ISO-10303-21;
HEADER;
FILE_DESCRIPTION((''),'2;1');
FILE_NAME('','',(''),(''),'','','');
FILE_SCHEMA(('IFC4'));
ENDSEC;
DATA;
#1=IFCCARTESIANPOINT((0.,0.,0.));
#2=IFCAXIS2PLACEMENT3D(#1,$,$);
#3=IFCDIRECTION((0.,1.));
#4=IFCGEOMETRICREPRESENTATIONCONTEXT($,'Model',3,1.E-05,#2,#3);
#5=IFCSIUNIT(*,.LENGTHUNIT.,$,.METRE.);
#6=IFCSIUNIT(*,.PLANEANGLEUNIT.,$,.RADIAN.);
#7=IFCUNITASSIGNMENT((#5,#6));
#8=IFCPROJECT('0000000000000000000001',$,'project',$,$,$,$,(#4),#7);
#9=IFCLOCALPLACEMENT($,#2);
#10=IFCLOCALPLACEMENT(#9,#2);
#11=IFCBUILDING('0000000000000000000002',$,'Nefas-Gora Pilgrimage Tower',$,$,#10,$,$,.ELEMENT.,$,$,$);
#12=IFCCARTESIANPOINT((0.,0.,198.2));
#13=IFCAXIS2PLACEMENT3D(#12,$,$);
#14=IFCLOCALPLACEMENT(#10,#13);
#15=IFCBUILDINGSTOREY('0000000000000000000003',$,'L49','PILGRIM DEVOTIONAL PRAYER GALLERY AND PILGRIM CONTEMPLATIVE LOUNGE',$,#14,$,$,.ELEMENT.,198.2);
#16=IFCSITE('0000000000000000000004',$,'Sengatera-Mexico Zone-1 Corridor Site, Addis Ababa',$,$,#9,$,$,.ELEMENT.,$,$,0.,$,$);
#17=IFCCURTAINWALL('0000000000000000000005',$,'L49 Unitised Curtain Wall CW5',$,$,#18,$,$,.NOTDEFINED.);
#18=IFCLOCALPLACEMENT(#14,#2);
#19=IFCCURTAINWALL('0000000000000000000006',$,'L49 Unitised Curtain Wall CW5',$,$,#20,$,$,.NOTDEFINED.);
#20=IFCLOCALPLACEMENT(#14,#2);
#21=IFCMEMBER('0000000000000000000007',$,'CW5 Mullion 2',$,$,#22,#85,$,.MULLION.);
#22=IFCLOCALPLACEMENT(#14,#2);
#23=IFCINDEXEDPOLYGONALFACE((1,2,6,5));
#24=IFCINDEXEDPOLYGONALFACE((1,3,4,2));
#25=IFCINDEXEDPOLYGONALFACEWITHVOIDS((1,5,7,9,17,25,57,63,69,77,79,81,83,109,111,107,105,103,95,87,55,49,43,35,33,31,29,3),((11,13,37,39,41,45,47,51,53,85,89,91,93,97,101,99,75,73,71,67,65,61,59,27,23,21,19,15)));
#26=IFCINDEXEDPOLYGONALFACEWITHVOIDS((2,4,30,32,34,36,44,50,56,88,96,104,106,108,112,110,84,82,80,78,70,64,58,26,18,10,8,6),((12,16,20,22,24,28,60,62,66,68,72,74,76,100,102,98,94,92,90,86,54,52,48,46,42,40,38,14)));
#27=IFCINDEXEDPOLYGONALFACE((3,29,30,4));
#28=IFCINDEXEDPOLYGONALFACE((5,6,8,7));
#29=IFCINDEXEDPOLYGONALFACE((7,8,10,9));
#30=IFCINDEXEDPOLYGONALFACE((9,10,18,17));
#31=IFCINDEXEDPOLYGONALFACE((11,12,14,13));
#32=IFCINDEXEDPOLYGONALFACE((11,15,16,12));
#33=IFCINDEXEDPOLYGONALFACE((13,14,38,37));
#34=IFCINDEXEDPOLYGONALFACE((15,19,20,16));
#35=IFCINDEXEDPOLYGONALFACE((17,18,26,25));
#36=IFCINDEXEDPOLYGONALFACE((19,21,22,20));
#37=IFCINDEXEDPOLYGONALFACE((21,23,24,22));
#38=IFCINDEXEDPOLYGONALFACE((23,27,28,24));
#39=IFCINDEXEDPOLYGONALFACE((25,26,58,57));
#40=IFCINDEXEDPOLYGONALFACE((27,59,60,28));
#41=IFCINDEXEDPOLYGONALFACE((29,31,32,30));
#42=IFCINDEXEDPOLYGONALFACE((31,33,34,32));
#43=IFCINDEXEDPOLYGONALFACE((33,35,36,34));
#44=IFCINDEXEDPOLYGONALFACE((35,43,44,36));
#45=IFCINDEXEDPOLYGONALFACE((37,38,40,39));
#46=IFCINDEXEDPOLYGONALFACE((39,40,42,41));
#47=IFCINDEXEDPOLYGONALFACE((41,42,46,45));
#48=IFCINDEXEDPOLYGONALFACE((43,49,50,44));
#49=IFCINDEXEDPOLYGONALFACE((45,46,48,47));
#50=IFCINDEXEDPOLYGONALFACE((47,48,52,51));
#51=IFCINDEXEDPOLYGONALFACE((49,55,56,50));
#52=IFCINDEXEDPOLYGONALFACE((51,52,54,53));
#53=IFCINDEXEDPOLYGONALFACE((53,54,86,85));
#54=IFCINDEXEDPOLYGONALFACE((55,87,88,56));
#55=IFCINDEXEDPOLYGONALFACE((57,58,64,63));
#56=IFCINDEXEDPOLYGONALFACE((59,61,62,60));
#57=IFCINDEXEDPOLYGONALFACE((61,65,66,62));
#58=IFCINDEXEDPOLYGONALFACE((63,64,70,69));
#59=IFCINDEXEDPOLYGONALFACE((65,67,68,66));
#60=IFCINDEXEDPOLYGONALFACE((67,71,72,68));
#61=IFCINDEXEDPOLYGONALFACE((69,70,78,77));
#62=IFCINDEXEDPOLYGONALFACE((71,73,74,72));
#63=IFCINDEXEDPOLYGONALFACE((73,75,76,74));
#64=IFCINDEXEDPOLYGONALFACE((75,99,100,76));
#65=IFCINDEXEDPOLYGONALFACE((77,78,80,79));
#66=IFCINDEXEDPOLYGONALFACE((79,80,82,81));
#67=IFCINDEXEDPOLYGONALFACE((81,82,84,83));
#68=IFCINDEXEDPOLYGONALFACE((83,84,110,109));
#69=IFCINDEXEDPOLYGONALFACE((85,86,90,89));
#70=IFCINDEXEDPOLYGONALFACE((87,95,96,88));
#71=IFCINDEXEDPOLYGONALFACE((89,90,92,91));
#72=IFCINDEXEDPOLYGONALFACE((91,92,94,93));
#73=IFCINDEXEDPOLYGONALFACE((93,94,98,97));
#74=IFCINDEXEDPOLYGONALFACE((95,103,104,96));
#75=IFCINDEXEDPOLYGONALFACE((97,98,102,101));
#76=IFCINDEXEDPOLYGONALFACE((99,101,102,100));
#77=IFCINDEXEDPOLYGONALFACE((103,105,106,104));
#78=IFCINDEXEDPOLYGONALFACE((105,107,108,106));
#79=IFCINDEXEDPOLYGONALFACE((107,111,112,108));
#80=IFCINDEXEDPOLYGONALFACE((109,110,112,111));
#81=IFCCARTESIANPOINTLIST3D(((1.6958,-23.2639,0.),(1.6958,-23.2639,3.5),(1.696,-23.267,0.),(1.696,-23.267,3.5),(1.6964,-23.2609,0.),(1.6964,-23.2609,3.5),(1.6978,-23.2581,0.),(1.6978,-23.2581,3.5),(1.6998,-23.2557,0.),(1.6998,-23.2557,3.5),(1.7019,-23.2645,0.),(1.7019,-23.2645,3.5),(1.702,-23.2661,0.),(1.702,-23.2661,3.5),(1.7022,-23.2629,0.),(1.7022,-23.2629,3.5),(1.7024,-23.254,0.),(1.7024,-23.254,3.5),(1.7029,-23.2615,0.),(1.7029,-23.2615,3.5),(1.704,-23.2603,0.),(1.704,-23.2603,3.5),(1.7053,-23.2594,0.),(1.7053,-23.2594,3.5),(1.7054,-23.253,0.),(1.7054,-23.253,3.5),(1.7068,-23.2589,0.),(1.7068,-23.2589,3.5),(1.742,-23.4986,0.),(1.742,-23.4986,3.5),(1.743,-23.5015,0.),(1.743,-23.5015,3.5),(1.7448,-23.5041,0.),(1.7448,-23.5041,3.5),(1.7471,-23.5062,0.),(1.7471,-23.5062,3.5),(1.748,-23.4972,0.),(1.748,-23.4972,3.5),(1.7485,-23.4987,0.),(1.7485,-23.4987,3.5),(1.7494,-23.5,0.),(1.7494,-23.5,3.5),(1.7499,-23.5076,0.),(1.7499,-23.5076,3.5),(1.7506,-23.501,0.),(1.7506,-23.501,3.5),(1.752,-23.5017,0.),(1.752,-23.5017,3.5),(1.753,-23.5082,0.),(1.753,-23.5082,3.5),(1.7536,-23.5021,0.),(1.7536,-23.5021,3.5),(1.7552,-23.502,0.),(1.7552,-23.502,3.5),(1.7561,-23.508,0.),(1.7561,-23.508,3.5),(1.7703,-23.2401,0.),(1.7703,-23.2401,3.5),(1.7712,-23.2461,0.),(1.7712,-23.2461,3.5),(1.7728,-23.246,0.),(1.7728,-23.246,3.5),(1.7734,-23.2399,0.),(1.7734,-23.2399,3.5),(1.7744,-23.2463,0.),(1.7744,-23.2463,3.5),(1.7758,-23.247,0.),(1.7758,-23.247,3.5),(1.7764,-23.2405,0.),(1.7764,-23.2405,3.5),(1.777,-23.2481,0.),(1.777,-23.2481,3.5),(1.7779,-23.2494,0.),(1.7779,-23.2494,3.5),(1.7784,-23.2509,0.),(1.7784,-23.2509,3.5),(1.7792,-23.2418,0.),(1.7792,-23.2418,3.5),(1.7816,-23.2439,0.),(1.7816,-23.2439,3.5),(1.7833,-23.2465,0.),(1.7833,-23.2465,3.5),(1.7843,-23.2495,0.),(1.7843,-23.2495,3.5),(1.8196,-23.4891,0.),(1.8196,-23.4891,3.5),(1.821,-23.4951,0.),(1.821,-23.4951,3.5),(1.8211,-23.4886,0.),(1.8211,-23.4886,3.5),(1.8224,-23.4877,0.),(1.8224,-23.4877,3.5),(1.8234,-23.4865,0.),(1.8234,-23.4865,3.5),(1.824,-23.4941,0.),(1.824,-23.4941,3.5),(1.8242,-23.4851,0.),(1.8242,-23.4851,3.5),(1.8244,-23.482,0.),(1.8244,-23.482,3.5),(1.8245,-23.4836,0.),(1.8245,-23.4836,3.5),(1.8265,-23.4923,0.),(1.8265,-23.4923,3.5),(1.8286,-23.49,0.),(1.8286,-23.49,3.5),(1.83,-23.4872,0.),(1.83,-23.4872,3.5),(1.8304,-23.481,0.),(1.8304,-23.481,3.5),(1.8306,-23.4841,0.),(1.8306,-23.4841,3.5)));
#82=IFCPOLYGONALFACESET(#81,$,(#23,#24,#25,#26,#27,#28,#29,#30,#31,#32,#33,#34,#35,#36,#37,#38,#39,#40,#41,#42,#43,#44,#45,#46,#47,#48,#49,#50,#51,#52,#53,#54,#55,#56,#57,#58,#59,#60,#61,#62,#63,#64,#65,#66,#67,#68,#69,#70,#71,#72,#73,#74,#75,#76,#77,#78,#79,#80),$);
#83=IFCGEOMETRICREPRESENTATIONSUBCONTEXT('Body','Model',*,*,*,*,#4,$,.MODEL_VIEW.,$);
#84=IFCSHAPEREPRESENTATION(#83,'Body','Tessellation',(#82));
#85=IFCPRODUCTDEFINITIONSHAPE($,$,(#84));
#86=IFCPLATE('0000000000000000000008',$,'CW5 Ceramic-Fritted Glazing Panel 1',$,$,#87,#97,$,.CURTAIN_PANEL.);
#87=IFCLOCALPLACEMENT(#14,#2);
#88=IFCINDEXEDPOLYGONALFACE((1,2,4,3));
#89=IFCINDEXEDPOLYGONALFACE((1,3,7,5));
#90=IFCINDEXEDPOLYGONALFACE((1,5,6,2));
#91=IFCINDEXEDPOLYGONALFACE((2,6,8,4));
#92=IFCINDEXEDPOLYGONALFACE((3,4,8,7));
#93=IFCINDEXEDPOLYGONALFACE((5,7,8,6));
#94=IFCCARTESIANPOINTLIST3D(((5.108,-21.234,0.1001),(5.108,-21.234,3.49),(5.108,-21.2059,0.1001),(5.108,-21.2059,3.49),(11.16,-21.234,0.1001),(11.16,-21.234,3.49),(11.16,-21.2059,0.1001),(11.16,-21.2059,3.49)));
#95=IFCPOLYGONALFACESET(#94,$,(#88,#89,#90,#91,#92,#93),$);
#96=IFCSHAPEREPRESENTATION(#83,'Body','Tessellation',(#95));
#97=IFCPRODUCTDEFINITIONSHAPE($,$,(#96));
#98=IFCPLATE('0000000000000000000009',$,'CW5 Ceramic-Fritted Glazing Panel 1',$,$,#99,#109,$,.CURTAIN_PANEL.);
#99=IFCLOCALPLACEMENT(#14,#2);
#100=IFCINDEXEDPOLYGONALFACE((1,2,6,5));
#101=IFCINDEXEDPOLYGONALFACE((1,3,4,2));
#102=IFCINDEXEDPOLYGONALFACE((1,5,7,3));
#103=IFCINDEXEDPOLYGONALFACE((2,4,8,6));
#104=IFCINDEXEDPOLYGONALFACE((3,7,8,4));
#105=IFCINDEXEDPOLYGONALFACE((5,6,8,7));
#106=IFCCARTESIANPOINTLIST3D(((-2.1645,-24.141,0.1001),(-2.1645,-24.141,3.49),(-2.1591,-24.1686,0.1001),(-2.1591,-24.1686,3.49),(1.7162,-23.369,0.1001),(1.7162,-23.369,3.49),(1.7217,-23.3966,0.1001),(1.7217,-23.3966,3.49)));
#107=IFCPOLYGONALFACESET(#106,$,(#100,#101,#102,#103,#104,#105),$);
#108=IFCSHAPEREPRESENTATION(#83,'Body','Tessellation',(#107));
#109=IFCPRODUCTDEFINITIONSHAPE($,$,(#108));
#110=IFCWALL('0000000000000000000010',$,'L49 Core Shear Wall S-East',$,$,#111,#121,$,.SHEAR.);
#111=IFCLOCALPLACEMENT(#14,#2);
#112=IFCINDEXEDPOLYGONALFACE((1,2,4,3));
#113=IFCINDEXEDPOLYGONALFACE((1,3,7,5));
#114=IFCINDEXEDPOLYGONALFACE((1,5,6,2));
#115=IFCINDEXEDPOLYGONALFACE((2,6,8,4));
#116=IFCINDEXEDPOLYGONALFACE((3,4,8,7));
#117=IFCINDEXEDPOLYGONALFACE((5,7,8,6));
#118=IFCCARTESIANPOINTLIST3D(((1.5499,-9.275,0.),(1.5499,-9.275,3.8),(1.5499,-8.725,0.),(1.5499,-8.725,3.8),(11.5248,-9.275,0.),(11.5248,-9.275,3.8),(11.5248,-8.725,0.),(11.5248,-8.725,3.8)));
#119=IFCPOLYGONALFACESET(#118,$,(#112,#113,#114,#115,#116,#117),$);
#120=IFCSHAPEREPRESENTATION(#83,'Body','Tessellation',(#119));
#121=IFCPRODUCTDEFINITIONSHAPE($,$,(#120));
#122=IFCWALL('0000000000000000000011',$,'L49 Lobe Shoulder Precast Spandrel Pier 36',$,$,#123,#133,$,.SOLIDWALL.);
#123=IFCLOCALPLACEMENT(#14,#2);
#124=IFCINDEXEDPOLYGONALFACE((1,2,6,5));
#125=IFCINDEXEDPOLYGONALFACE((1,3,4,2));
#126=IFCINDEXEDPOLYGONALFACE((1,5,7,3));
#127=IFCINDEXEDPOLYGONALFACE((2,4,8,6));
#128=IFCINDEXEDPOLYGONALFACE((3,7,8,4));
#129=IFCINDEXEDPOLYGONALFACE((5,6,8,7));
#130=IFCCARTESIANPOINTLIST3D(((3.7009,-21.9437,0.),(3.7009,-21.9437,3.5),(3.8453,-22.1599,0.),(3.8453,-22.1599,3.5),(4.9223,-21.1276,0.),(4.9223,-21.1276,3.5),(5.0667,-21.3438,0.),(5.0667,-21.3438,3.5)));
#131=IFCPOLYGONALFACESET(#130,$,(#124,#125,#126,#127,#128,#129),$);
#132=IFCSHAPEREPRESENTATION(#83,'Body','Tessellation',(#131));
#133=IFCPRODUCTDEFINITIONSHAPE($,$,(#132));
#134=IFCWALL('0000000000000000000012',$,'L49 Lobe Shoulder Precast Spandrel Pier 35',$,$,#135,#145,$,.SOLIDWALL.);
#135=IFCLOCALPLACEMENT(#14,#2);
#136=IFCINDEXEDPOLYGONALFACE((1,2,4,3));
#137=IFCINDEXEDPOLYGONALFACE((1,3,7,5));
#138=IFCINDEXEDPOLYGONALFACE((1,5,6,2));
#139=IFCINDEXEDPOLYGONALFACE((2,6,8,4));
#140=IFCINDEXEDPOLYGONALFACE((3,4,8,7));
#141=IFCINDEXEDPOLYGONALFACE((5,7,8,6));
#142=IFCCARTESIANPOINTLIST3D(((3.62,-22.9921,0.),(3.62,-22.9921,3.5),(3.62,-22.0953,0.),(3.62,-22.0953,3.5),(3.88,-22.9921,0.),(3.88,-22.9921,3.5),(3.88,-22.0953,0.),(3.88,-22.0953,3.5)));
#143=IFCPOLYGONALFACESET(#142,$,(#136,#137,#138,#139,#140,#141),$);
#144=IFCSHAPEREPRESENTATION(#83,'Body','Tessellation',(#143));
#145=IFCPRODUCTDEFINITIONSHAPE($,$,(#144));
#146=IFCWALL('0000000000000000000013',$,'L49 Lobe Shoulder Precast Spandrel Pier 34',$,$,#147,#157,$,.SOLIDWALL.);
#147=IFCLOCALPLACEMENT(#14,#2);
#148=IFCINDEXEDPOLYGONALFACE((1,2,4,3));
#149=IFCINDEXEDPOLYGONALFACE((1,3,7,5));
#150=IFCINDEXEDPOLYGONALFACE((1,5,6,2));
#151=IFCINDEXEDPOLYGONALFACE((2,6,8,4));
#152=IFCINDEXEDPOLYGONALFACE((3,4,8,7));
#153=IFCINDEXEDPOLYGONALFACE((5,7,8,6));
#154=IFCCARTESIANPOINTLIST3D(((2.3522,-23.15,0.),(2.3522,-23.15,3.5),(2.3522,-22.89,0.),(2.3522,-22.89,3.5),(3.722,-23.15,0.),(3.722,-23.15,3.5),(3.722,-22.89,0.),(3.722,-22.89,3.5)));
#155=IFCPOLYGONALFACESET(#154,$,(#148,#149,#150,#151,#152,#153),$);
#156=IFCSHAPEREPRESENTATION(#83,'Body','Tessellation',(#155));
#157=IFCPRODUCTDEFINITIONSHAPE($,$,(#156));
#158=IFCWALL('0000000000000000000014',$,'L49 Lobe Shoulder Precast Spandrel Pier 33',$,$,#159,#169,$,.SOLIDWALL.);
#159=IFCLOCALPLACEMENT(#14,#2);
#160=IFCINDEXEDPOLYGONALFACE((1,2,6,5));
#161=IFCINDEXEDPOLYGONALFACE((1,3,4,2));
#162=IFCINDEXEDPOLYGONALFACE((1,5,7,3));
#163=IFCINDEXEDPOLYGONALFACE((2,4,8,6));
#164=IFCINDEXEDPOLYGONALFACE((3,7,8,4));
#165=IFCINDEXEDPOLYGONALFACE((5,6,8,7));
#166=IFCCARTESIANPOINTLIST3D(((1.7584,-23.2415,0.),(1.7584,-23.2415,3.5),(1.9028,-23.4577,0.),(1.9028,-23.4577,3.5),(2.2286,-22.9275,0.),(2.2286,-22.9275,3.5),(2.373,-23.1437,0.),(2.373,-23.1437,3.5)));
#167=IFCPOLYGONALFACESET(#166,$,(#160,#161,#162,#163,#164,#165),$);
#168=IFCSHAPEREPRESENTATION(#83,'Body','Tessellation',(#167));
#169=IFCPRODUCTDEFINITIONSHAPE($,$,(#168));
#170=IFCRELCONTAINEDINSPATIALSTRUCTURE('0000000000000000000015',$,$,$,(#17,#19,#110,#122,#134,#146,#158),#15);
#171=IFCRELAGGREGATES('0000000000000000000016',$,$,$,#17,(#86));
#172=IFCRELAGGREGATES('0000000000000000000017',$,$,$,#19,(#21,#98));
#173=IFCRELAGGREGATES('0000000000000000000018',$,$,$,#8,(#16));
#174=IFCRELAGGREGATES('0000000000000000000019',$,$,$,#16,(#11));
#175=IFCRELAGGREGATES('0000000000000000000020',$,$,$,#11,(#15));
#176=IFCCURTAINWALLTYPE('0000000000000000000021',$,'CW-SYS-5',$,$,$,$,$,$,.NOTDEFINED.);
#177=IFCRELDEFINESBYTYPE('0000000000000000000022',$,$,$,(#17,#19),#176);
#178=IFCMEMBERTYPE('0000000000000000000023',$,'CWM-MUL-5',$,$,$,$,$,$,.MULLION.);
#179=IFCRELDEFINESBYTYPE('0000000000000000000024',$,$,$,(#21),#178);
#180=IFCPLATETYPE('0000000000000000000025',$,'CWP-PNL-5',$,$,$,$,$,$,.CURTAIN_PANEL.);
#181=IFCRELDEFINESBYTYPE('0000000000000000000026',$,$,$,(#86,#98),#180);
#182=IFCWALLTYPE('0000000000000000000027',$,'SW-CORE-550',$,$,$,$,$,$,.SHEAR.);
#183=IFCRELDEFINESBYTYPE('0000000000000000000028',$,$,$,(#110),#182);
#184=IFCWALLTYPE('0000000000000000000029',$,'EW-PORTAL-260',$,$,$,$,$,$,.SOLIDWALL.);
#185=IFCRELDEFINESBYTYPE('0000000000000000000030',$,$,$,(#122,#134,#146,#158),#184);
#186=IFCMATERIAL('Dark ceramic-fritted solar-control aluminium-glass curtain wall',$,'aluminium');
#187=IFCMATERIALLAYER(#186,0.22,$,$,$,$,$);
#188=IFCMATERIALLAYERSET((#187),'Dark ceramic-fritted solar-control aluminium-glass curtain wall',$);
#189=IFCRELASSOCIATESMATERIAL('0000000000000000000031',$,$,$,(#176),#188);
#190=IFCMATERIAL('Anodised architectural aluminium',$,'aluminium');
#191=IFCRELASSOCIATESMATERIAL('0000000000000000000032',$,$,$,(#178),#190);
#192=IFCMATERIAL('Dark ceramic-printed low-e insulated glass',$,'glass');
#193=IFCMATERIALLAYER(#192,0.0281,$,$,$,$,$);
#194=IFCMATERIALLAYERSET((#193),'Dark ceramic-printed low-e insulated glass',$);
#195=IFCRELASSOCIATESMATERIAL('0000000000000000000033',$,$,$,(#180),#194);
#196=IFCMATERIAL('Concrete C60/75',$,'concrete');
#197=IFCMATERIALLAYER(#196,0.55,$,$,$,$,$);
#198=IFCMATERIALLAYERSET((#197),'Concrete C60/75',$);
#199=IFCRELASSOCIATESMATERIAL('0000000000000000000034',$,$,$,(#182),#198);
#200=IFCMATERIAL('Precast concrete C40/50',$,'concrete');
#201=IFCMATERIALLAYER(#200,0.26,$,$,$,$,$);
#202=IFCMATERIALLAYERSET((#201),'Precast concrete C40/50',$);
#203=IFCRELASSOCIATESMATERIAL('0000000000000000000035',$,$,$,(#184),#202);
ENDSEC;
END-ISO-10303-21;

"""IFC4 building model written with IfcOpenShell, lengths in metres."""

from ifc_helpers import new_model, si_unit, direction, frame, frame_2d, origin, origin_2d, place, context, subcontext, project, spatial, rectangle, hollow_rectangle, extrude, source, transform, mapped, material, layer, layer_set, material_profile, profile_set, type_object, element, aggregate, save


model = new_model("IFC4")

# Units and contexts
model_context = context("Model", 3, precision=1e-05, world=origin(), true_north=direction((0.0, 1.0)))
body_context = subcontext(model_context, "Body", "Model", "MODEL_VIEW")
ifc_project = project(units=[si_unit("LENGTHUNIT", "METRE"), si_unit("PLANEANGLEUNIT", "RADIAN")], contexts=[model_context])

# Site, building, storey
site_placement = place(None, origin())
site = spatial("IfcSite", under=ifc_project, at=site_placement, Name="Sengatera-Mexico Zone-1 Corridor Site, Addis Ababa", CompositionType="ELEMENT", RefElevation=0.0)
building_placement = place(site_placement, origin())
building = spatial("IfcBuilding", under=site, at=building_placement, Name="Nefas-Gora Pilgrimage Tower", CompositionType="ELEMENT")
storey_placement = place(building_placement, frame((0.0, 0.0, 198.2)))
storey = spatial("IfcBuildingStorey", under=building, at=storey_placement, Name="L49", Description="PILGRIM DEVOTIONAL PRAYER GALLERY AND PILGRIM CONTEMPLATIVE LOUNGE", CompositionType="ELEMENT", Elevation=198.2)

# Shared definitions
ifc_material_1 = material(Name="Concrete C60/75", Category="concrete")

# Curtain walls
ifc_material_2 = material(Name="Dark ceramic-fritted solar-control aluminium-glass curtain wall", Category="aluminium")
ifc_layer_1 = layer(ifc_material_2, 0.22)
ifc_layer_set_1 = layer_set([ifc_layer_1], Name="Dark ceramic-fritted solar-control aluminium-glass curtain wall")
curtain_wall_type = type_object("IfcCurtainWallType", Name="CW-SYS-5", PredefinedType="NOTDEFINED", material=ifc_layer_set_1)
curtain_wall_1_placement = place(storey_placement, origin())
curtain_wall_1 = element("IfcCurtainWall", 1, at=curtain_wall_1_placement, inside=storey, type_object=curtain_wall_type, Name="L49 Unitised Curtain Wall CW5", PredefinedType="NOTDEFINED")
ifc_material_3 = material(Name="Anodised architectural aluminium", Category="aluminium")
curtain_wall_2_placement = place(storey_placement, origin())
curtain_wall_2 = element("IfcCurtainWall", 2, at=curtain_wall_2_placement, inside=storey, type_object=curtain_wall_type, Name="L49 Unitised Curtain Wall CW5", PredefinedType="NOTDEFINED")

# Member
ifc_material_profile_1 = material_profile(ifc_material_3, hollow_rectangle(XDim=0.0901, YDim=0.26, WallThickness=0.0061, InnerFilletRadius=0.0061, OuterFilletRadius=0.012, at=origin_2d()), Name="ALU MULLION 90x260")
ifc_profile_set_1 = profile_set([ifc_material_profile_1], Name="Anodised architectural aluminium")
member_type_1 = type_object("IfcMemberType", Name="CWM-MUL-5", PredefinedType="MULLION", material=ifc_profile_set_1)
shared_shape_1 = source(origin(), body_context, "Body", "SweptSolid", [
    extrude(hollow_rectangle(XDim=0.0901, YDim=0.26, WallThickness=0.0061, InnerFilletRadius=0.0061, OuterFilletRadius=0.012, at=origin_2d()), origin(), (0.0, 0.0, 1.0), 3.5),
])
member_1_placement = place(storey_placement, frame((1.7632, -23.374, 0.0), z_axis=(0.0, 0.0, 1.0), x_axis=(0.980783, 0.195102, 0.0)))
member_1 = element("IfcMember", 3, at=member_1_placement, type_object=member_type_1, Name="CW5 Mullion 2", PredefinedType="MULLION", context=body_context, shape_type="MappedRepresentation", body=[
    mapped(shared_shape_1, transform((0.0, 0.0, 0.0), x_axis=(1.0, 0.0, 0.0), y_axis=(0.0, 1.0, 0.0), z_axis=(0.0, 0.0, 1.0), scale=1.0)),
])

# Plates
ifc_material_4 = material(Name="Dark ceramic-printed low-e insulated glass", Category="glass")
ifc_layer_2 = layer(ifc_material_4, 0.0281)
ifc_layer_set_2 = layer_set([ifc_layer_2], Name="Dark ceramic-printed low-e insulated glass")
plate_type = type_object("IfcPlateType", Name="CWP-PNL-5", PredefinedType="CURTAIN_PANEL", material=ifc_layer_set_2)
shared_shape_2 = source(origin(), body_context, "Body", "SweptSolid", [
    extrude(rectangle(XDim=6.052, YDim=0.0281, at=origin_2d()), origin(), (0.0, 0.0, 1.0), 3.3899),
])
plate_1_placement = place(storey_placement, frame((8.134, -21.22, 0.1001), z_axis=(0.0, 0.0, 1.0), x_axis=(1.0, 0.0, 0.0)))
plate_1 = element("IfcPlate", 4, at=plate_1_placement, type_object=plate_type, Name="CW5 Ceramic-Fritted Glazing Panel 1", PredefinedType="CURTAIN_PANEL", context=body_context, shape_type="MappedRepresentation", body=[
    mapped(shared_shape_2, transform((0.0, 0.0, 0.0), x_axis=(1.0, 0.0, 0.0), y_axis=(0.0, 1.0, 0.0), z_axis=(0.0, 0.0, 1.0), scale=1.0)),
])
aggregate(curtain_wall_1, [plate_1])
shared_shape_3 = source(origin(), body_context, "Body", "SweptSolid", [
    extrude(rectangle(XDim=3.9568, YDim=0.0281, at=origin_2d()), origin(), (0.0, 0.0, 1.0), 3.3899),
])
plate_2_placement = place(storey_placement, frame((-0.2214, -23.7688, 0.1001), z_axis=(0.0, 0.0, 1.0), x_axis=(0.980783, 0.195102, 0.0)))
plate_2 = element("IfcPlate", 5, at=plate_2_placement, type_object=plate_type, Name="CW5 Ceramic-Fritted Glazing Panel 1", PredefinedType="CURTAIN_PANEL", context=body_context, shape_type="MappedRepresentation", body=[
    mapped(shared_shape_3, transform((0.0, 0.0, 0.0), x_axis=(1.0, 0.0, 0.0), y_axis=(0.0, 1.0, 0.0), z_axis=(0.0, 0.0, 1.0), scale=1.0)),
])
aggregate(curtain_wall_2, [member_1, plate_2])

# Walls
ifc_layer_3 = layer(ifc_material_1, 0.55)
ifc_layer_set_3 = layer_set([ifc_layer_3], Name="Concrete C60/75")
wall_type_1 = type_object("IfcWallType", Name="SW-CORE-550", PredefinedType="SHEAR", material=ifc_layer_set_3)
shared_shape_4 = source(origin(), body_context, "Body", "SweptSolid", [
    extrude(rectangle(XDim=9.9749, YDim=0.55, at=frame_2d((4.9873, 0.0))), origin(), (0.0, 0.0, 1.0), 3.8),
])
wall_1_placement = place(storey_placement, frame((1.55, -9.0, 0.0), z_axis=(0.0, 0.0, 1.0), x_axis=(1.0, 0.0, 0.0)))
element("IfcWall", 6, at=wall_1_placement, inside=storey, type_object=wall_type_1, Name="L49 Core Shear Wall S-East", PredefinedType="SHEAR", context=body_context, shape_type="MappedRepresentation", body=[
    mapped(shared_shape_4, transform((0.0, 0.0, 0.0), x_axis=(1.0, 0.0, 0.0), y_axis=(0.0, 1.0, 0.0), z_axis=(0.0, 0.0, 1.0), scale=1.0)),
])
ifc_material_5 = material(Name="Precast concrete C40/50", Category="concrete")
ifc_layer_4 = layer(ifc_material_5, 0.26)
ifc_layer_set_4 = layer_set([ifc_layer_4], Name="Precast concrete C40/50")
wall_type_2 = type_object("IfcWallType", Name="EW-PORTAL-260", PredefinedType="SOLIDWALL", material=ifc_layer_set_4)
shared_shape_5 = source(origin(), body_context, "Body", "SweptSolid", [
    extrude(rectangle(XDim=1.469, YDim=0.26, at=frame_2d((0.7344, 0.0))), origin(), (0.0, 0.0, 1.0), 3.5),
])
wall_2_placement = place(storey_placement, frame((3.7732, -22.0518, 0.0), z_axis=(0.0, 0.0, 1.0), x_axis=(0.831462, 0.555582, 0.0)))
element("IfcWall", 7, at=wall_2_placement, inside=storey, type_object=wall_type_2, Name="L49 Lobe Shoulder Precast Spandrel Pier 36", PredefinedType="SOLIDWALL", context=body_context, shape_type="MappedRepresentation", body=[
    mapped(shared_shape_5, transform((0.0, 0.0, 0.0), x_axis=(1.0, 0.0, 0.0), y_axis=(0.0, 1.0, 0.0), z_axis=(0.0, 0.0, 1.0), scale=1.0)),
])
shared_shape_6 = source(origin(), body_context, "Body", "SweptSolid", [
    extrude(rectangle(XDim=0.8967, YDim=0.26, at=frame_2d((0.4482, 0.0))), origin(), (0.0, 0.0, 1.0), 3.5),
])
wall_3_placement = place(storey_placement, frame((3.75, -22.9919, 0.0), z_axis=(0.0, 0.0, 1.0), x_axis=(0.0, 1.0, 0.0)))
element("IfcWall", 8, at=wall_3_placement, inside=storey, type_object=wall_type_2, Name="L49 Lobe Shoulder Precast Spandrel Pier 35", PredefinedType="SOLIDWALL", context=body_context, shape_type="MappedRepresentation", body=[
    mapped(shared_shape_6, transform((0.0, 0.0, 0.0), x_axis=(1.0, 0.0, 0.0), y_axis=(0.0, 1.0, 0.0), z_axis=(0.0, 0.0, 1.0), scale=1.0)),
])
shared_shape_7 = source(origin(), body_context, "Body", "SweptSolid", [
    extrude(rectangle(XDim=1.3699, YDim=0.26, at=frame_2d((0.6851, 0.0))), origin(), (0.0, 0.0, 1.0), 3.5),
])
wall_4_placement = place(storey_placement, frame((2.3521, -23.02, 0.0), z_axis=(0.0, 0.0, 1.0), x_axis=(1.0, 0.0, 0.0)))
element("IfcWall", 9, at=wall_4_placement, inside=storey, type_object=wall_type_2, Name="L49 Lobe Shoulder Precast Spandrel Pier 34", PredefinedType="SOLIDWALL", context=body_context, shape_type="MappedRepresentation", body=[
    mapped(shared_shape_7, transform((0.0, 0.0, 0.0), x_axis=(1.0, 0.0, 0.0), y_axis=(0.0, 1.0, 0.0), z_axis=(0.0, 0.0, 1.0), scale=1.0)),
])
shared_shape_8 = source(origin(), body_context, "Body", "SweptSolid", [
    extrude(rectangle(XDim=0.5654, YDim=0.26, at=frame_2d((0.2827, 0.0))), origin(), (0.0, 0.0, 1.0), 3.5),
])
wall_5_placement = place(storey_placement, frame((1.8306, -23.3496, 0.0), z_axis=(0.0, 0.0, 1.0), x_axis=(0.831651, 0.555298, 0.0)))
element("IfcWall", 10, at=wall_5_placement, inside=storey, type_object=wall_type_2, Name="L49 Lobe Shoulder Precast Spandrel Pier 33", PredefinedType="SOLIDWALL", context=body_context, shape_type="MappedRepresentation", body=[
    mapped(shared_shape_8, transform((0.0, 0.0, 0.0), x_axis=(1.0, 0.0, 0.0), y_axis=(0.0, 1.0, 0.0), z_axis=(0.0, 0.0, 1.0), scale=1.0)),
])

save(model, "model.ifc")
